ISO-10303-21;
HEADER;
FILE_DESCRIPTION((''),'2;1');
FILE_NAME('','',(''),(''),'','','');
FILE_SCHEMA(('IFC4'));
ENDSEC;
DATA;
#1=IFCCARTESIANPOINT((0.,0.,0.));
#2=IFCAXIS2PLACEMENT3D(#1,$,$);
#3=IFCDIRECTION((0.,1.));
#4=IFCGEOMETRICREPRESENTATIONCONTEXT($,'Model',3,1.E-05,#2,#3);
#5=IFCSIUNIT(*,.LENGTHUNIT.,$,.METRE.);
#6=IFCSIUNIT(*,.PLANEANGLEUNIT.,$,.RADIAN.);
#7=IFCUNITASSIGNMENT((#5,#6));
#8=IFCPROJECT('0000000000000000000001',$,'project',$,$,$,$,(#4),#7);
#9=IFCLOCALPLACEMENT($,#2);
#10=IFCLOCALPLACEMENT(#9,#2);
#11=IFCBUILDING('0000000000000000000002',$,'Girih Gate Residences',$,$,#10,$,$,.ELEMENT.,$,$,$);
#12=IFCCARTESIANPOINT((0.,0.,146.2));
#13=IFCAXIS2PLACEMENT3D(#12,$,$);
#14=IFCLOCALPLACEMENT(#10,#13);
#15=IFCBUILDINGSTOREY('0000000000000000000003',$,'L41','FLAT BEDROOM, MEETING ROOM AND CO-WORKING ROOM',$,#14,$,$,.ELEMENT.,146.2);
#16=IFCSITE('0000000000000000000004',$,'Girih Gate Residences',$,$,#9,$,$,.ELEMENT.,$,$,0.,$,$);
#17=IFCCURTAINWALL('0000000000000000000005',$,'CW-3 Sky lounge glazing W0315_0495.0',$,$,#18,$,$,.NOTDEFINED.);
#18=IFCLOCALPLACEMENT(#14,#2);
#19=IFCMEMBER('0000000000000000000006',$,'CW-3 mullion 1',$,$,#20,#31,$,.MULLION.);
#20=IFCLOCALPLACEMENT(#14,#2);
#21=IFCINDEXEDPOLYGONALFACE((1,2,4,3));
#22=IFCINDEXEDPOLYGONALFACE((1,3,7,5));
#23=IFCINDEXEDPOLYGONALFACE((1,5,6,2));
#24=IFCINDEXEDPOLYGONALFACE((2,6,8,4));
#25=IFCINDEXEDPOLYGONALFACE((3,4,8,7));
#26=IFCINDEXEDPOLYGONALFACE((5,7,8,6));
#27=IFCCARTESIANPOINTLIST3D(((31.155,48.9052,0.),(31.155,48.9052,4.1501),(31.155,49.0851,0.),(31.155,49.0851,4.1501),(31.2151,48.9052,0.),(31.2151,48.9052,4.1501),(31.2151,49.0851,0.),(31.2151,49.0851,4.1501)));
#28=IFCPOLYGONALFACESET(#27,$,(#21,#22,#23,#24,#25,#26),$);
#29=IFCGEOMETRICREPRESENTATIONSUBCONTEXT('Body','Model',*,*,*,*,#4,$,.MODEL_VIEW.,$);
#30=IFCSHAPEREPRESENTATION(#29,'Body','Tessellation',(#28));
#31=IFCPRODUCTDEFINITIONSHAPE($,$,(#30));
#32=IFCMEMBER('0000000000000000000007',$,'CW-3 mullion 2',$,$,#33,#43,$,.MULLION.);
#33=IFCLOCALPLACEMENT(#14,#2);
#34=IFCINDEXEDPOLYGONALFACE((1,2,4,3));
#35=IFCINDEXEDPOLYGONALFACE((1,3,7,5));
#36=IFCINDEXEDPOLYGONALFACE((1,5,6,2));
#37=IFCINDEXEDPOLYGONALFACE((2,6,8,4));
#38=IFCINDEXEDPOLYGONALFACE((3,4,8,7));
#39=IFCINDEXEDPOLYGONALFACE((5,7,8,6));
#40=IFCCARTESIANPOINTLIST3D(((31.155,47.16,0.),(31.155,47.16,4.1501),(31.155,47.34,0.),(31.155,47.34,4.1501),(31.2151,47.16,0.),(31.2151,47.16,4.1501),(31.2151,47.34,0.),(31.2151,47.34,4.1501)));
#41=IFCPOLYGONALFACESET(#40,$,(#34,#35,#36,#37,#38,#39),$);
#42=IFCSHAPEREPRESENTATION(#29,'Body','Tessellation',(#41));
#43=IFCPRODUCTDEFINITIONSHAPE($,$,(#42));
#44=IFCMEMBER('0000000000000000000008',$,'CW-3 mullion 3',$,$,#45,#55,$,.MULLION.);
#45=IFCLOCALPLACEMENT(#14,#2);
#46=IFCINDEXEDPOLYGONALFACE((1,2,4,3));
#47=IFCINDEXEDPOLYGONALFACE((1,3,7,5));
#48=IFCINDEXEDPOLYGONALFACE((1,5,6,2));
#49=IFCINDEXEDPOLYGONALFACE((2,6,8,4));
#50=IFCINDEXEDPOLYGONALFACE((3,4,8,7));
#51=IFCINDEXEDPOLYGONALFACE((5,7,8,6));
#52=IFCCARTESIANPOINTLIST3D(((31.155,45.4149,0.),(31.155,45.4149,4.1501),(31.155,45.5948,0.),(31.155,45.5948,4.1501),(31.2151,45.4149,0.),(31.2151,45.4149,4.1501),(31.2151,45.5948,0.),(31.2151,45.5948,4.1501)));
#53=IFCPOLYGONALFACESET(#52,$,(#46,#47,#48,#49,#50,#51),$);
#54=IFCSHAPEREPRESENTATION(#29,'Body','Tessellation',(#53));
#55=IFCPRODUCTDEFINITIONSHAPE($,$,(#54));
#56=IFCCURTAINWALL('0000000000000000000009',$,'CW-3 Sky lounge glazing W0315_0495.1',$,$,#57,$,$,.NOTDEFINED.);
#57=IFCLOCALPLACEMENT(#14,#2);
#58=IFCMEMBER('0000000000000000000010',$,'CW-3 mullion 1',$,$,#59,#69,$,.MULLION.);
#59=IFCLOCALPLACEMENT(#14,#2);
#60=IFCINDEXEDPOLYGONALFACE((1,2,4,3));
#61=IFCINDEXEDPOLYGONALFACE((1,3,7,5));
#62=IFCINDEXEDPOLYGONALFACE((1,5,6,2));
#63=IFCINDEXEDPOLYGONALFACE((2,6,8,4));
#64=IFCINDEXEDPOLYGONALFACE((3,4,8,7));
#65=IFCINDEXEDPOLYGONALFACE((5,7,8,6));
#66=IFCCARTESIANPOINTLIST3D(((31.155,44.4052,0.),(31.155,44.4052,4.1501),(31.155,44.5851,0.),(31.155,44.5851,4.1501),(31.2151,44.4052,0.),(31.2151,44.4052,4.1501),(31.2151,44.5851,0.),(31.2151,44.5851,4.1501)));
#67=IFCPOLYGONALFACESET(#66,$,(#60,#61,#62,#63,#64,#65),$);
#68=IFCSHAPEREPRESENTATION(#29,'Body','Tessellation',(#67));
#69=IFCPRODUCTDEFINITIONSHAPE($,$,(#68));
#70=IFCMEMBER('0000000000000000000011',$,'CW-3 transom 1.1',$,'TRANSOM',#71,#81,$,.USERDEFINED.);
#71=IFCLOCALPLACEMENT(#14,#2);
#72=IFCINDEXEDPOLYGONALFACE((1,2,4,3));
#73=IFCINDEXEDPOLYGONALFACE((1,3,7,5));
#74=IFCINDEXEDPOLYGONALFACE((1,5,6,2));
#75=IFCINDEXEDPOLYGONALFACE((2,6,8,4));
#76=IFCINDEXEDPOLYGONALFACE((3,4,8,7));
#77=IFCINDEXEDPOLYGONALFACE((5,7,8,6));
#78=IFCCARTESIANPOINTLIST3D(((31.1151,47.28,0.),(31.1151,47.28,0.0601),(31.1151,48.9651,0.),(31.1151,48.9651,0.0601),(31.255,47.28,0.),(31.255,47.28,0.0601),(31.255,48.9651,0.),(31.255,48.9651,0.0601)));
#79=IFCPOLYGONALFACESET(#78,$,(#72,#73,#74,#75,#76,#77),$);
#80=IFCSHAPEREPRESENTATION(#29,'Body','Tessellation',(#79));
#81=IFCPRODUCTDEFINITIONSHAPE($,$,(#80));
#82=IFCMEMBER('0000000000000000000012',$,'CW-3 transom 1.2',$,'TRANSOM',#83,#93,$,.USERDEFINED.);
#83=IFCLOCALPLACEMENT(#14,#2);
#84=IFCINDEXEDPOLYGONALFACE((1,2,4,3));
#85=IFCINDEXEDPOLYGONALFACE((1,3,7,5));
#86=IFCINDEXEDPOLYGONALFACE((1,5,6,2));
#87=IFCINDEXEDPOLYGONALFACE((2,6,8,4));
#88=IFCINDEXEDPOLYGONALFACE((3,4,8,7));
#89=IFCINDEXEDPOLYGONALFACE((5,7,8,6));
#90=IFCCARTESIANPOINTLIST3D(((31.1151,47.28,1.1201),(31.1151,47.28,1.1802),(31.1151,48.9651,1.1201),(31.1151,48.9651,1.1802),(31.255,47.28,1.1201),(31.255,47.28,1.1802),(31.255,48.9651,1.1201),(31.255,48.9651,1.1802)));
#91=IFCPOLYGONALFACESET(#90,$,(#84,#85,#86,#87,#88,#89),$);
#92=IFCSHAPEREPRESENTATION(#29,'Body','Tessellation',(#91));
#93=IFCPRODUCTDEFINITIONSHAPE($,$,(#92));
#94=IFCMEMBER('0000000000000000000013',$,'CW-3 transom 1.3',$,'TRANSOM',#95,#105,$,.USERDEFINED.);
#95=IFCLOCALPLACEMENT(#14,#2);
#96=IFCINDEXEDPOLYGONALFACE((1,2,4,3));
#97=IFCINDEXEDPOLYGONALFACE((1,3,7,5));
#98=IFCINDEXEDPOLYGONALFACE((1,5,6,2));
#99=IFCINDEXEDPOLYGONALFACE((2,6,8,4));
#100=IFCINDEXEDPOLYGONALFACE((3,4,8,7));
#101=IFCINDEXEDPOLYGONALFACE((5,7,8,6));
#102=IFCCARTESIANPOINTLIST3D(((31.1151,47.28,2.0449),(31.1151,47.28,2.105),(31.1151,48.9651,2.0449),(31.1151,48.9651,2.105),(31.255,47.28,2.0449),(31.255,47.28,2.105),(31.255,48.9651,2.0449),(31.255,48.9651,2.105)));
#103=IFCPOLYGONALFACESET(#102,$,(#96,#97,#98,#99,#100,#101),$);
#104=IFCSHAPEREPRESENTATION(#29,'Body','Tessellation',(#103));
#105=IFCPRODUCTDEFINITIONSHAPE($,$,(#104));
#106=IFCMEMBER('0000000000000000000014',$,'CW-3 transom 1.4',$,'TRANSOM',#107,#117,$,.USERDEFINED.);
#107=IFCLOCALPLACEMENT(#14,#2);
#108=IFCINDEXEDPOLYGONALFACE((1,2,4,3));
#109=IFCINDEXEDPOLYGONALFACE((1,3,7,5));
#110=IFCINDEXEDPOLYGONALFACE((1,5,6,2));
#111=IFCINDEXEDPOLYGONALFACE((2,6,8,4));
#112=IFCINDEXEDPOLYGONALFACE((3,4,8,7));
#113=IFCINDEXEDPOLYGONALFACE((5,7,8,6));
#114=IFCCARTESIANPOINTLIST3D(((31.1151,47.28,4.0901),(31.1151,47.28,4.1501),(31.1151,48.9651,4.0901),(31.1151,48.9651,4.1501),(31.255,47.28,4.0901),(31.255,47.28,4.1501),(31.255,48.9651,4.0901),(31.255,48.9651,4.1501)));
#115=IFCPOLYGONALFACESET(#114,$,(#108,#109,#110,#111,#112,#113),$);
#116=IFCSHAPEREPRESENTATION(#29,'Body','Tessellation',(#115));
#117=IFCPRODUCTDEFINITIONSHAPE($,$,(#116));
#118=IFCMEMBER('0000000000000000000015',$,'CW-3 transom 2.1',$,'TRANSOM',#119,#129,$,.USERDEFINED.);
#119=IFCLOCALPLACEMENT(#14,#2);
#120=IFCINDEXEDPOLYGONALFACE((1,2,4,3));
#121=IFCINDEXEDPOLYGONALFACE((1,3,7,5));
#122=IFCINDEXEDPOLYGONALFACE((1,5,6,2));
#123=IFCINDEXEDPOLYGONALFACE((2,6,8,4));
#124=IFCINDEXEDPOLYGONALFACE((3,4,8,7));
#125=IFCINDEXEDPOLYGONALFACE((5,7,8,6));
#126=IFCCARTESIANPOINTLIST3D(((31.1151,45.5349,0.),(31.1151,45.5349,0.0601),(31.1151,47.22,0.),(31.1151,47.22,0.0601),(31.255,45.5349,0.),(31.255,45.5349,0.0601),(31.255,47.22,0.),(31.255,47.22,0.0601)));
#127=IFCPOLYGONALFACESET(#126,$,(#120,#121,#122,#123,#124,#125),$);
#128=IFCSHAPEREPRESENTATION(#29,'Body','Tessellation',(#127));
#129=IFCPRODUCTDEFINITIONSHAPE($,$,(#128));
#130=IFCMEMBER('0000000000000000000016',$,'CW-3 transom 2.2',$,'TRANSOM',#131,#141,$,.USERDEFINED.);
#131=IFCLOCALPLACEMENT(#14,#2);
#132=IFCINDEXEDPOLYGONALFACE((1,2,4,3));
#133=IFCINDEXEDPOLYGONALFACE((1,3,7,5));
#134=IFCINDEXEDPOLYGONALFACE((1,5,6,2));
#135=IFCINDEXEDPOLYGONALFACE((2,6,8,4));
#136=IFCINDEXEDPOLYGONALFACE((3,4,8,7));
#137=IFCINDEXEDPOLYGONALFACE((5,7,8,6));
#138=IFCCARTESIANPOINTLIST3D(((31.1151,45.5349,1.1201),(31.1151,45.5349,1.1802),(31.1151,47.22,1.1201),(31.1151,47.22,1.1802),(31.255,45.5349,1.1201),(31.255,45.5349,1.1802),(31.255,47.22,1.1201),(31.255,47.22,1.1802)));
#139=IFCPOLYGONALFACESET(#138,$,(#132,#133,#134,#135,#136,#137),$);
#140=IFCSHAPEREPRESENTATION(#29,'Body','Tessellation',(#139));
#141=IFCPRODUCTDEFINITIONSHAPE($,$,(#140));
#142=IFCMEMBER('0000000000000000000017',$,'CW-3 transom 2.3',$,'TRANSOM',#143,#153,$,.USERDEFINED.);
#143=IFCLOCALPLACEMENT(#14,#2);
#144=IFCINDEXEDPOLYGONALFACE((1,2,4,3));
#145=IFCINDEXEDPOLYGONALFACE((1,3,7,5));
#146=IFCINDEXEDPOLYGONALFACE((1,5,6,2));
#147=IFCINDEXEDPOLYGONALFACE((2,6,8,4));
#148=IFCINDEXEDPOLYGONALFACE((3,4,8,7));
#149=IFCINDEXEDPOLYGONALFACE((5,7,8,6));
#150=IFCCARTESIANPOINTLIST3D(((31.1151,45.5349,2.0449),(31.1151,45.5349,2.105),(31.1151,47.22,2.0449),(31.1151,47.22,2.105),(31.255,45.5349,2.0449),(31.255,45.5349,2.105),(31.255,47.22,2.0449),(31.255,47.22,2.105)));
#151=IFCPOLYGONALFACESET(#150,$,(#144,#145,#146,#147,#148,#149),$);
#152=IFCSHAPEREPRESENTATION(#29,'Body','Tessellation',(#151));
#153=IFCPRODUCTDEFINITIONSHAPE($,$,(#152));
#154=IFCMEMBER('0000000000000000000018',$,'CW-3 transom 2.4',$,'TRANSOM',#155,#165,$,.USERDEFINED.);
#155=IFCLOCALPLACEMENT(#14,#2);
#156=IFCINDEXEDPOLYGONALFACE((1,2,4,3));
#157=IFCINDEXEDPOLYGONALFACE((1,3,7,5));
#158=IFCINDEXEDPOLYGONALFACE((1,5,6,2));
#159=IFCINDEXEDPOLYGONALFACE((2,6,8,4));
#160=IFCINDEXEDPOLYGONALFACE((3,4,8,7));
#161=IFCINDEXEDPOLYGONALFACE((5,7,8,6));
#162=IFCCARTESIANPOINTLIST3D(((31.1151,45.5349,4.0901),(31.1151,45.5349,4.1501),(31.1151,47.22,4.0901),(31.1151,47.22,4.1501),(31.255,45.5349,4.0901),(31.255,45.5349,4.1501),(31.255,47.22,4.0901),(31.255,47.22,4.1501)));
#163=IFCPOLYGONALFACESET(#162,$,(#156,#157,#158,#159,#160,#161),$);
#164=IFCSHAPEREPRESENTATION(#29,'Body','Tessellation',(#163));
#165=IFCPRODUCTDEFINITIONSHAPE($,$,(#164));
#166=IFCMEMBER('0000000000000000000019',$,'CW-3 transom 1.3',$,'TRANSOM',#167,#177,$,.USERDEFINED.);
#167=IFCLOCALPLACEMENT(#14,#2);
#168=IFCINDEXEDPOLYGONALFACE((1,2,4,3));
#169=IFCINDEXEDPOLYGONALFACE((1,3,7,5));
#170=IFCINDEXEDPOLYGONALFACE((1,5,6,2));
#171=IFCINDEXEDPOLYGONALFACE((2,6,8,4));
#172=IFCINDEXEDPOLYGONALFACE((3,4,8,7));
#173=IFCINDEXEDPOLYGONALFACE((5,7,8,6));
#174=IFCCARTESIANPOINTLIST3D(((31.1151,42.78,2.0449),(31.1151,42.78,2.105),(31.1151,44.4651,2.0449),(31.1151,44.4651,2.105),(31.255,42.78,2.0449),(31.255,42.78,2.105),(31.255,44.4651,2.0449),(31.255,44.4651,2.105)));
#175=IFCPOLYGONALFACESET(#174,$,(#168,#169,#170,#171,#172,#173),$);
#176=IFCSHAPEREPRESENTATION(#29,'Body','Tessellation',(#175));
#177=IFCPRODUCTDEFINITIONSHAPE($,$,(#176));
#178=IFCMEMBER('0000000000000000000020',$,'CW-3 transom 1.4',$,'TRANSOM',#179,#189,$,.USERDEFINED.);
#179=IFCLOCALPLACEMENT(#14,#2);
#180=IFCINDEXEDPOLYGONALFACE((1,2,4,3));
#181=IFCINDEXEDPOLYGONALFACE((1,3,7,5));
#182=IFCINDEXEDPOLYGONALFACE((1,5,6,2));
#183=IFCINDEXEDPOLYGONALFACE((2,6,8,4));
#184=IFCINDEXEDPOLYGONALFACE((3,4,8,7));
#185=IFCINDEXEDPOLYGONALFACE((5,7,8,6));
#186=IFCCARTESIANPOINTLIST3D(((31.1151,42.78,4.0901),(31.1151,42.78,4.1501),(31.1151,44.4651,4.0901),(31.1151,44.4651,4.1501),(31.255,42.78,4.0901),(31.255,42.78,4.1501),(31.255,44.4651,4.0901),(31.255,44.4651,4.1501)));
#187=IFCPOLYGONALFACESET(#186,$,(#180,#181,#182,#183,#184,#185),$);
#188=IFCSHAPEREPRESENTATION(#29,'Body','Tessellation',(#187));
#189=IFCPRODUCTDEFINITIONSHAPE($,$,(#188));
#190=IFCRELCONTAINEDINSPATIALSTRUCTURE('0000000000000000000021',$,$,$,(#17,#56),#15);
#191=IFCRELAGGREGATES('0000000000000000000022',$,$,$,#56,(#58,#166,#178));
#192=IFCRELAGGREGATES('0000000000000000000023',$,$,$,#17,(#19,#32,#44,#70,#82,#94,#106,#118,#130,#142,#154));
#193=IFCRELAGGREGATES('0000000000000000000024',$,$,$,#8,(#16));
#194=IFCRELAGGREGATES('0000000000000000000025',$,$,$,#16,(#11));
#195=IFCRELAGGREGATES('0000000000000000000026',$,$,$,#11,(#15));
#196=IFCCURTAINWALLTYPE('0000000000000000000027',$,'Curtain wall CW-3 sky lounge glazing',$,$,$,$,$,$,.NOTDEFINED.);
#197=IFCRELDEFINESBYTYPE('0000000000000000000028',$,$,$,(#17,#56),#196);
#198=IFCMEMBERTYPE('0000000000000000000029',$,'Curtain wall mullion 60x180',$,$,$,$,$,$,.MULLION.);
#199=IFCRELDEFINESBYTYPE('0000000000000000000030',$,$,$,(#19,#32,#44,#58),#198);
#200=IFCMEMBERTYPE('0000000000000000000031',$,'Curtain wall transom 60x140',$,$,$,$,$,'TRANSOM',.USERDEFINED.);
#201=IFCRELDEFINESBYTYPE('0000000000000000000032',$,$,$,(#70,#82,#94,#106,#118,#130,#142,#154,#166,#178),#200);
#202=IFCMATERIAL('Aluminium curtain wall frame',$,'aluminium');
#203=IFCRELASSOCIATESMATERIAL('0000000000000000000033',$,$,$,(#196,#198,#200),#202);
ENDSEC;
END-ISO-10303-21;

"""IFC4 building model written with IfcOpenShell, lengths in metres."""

from ifc_helpers import new_model, si_unit, direction, frame, origin, origin_2d, place, context, subcontext, project, spatial, rectangle, extrude, material, material_profile, profile_set, type_object, element, aggregate, save


model = new_model("IFC4")

# Units and contexts
model_context = context("Model", 3, precision=1e-05, world=origin(), true_north=direction((0.0, 1.0)))
body_context = subcontext(model_context, "Body", "Model", "MODEL_VIEW")
ifc_project = project(units=[si_unit("LENGTHUNIT", "METRE"), si_unit("PLANEANGLEUNIT", "RADIAN")], contexts=[model_context])

# Site, building, storey
site_placement = place(None, origin())
site = spatial("IfcSite", under=ifc_project, at=site_placement, Name="Girih Gate Residences", CompositionType="ELEMENT", RefElevation=0.0)
building_placement = place(site_placement, origin())
building = spatial("IfcBuilding", under=site, at=building_placement, Name="Girih Gate Residences", CompositionType="ELEMENT")
storey_placement = place(building_placement, frame((0.0, 0.0, 146.2)))
storey = spatial("IfcBuildingStorey", under=building, at=storey_placement, Name="L41", Description="FLAT BEDROOM, MEETING ROOM AND CO-WORKING ROOM", CompositionType="ELEMENT", Elevation=146.2)

# Curtain wall, members
ifc_material_1 = material(Name="Aluminium curtain wall frame", Category="aluminium")
curtain_wall_type = type_object("IfcCurtainWallType", Name="Curtain wall CW-3 sky lounge glazing", PredefinedType="NOTDEFINED", material=ifc_material_1)
curtain_wall_1_placement = place(storey_placement, origin())
curtain_wall_1 = element("IfcCurtainWall", 1, at=curtain_wall_1_placement, inside=storey, type_object=curtain_wall_type, Name="CW-3 Sky lounge glazing W0315_0495.0", PredefinedType="NOTDEFINED")
ifc_material_profile_1 = material_profile(ifc_material_1, rectangle(XDim=0.0601, YDim=0.1799, at=origin_2d()))
ifc_profile_set_1 = profile_set([ifc_material_profile_1], Name="Aluminium curtain wall frame")
member_type_1 = type_object("IfcMemberType", Name="Curtain wall mullion 60x180", PredefinedType="MULLION", material=ifc_profile_set_1)
member_1_placement = place(storey_placement, frame((31.1851, 48.9951, 0.0), z_axis=(0.0, 0.0, 1.0), x_axis=(1.0, 0.0, 0.0)))
member_1 = element("IfcMember", 2, at=member_1_placement, type_object=member_type_1, Name="CW-3 mullion 1", PredefinedType="MULLION", context=body_context, shape_type="SweptSolid", body=[
    extrude(rectangle(XDim=0.0601, YDim=0.1799, at=origin_2d()), origin(), (0.0, 0.0, 1.0), 4.1501),
])
member_2_placement = place(storey_placement, frame((31.1851, 47.25, 0.0), z_axis=(0.0, 0.0, 1.0), x_axis=(1.0, 0.0, 0.0)))
member_2 = element("IfcMember", 3, at=member_2_placement, type_object=member_type_1, Name="CW-3 mullion 2", PredefinedType="MULLION", context=body_context, shape_type="SweptSolid", body=[
    extrude(rectangle(XDim=0.0601, YDim=0.1799, at=origin_2d()), origin(), (0.0, 0.0, 1.0), 4.1501),
])
member_3_placement = place(storey_placement, frame((31.1851, 45.5049, 0.0), z_axis=(0.0, 0.0, 1.0), x_axis=(1.0, 0.0, 0.0)))
member_3 = element("IfcMember", 4, at=member_3_placement, type_object=member_type_1, Name="CW-3 mullion 3", PredefinedType="MULLION", context=body_context, shape_type="SweptSolid", body=[
    extrude(rectangle(XDim=0.0601, YDim=0.1799, at=origin_2d()), origin(), (0.0, 0.0, 1.0), 4.1501),
])

# Curtain wall, member
curtain_wall_2_placement = place(storey_placement, origin())
curtain_wall_2 = element("IfcCurtainWall", 5, at=curtain_wall_2_placement, inside=storey, type_object=curtain_wall_type, Name="CW-3 Sky lounge glazing W0315_0495.1", PredefinedType="NOTDEFINED")
member_4_placement = place(storey_placement, frame((31.1851, 44.4951, 0.0), z_axis=(0.0, 0.0, 1.0), x_axis=(1.0, 0.0, 0.0)))
member_4 = element("IfcMember", 6, at=member_4_placement, type_object=member_type_1, Name="CW-3 mullion 1", PredefinedType="MULLION", context=body_context, shape_type="SweptSolid", body=[
    extrude(rectangle(XDim=0.0601, YDim=0.1799, at=origin_2d()), origin(), (0.0, 0.0, 1.0), 4.1501),
])

# Members
ifc_material_profile_2 = material_profile(ifc_material_1, rectangle(XDim=0.1399, YDim=0.0601, at=origin_2d()))
ifc_profile_set_2 = profile_set([ifc_material_profile_2], Name="Aluminium curtain wall frame")
member_type_2 = type_object("IfcMemberType", Name="Curtain wall transom 60x140", ElementType="TRANSOM", PredefinedType="USERDEFINED", material=ifc_profile_set_2)
member_5_placement = place(storey_placement, frame((31.1851, 48.9651, 0.03), z_axis=(0.0, -1.0, 0.0), x_axis=(1.0, 0.0, 0.0)))
member_5 = element("IfcMember", 7, at=member_5_placement, type_object=member_type_2, Name="CW-3 transom 1.1", ObjectType="TRANSOM", PredefinedType="USERDEFINED", context=body_context, shape_type="SweptSolid", body=[
    extrude(rectangle(XDim=0.1399, YDim=0.0601, at=origin_2d()), origin(), (0.0, 0.0, 1.0), 1.6851),
])
member_6_placement = place(storey_placement, frame((31.1851, 48.9651, 1.1501), z_axis=(0.0, -1.0, 0.0), x_axis=(1.0, 0.0, 0.0)))
member_6 = element("IfcMember", 8, at=member_6_placement, type_object=member_type_2, Name="CW-3 transom 1.2", ObjectType="TRANSOM", PredefinedType="USERDEFINED", context=body_context, shape_type="SweptSolid", body=[
    extrude(rectangle(XDim=0.1399, YDim=0.0601, at=origin_2d()), origin(), (0.0, 0.0, 1.0), 1.6851),
])
member_7_placement = place(storey_placement, frame((31.1851, 48.9651, 2.075), z_axis=(0.0, -1.0, 0.0), x_axis=(1.0, 0.0, 0.0)))
member_7 = element("IfcMember", 9, at=member_7_placement, type_object=member_type_2, Name="CW-3 transom 1.3", ObjectType="TRANSOM", PredefinedType="USERDEFINED", context=body_context, shape_type="SweptSolid", body=[
    extrude(rectangle(XDim=0.1399, YDim=0.0601, at=origin_2d()), origin(), (0.0, 0.0, 1.0), 1.6851),
])
member_8_placement = place(storey_placement, frame((31.1851, 48.9651, 4.1201), z_axis=(0.0, -1.0, 0.0), x_axis=(1.0, 0.0, 0.0)))
member_8 = element("IfcMember", 10, at=member_8_placement, type_object=member_type_2, Name="CW-3 transom 1.4", ObjectType="TRANSOM", PredefinedType="USERDEFINED", context=body_context, shape_type="SweptSolid", body=[
    extrude(rectangle(XDim=0.1399, YDim=0.0601, at=origin_2d()), origin(), (0.0, 0.0, 1.0), 1.6851),
])
member_9_placement = place(storey_placement, frame((31.1851, 47.22, 0.03), z_axis=(0.0, -1.0, 0.0), x_axis=(1.0, 0.0, 0.0)))
member_9 = element("IfcMember", 11, at=member_9_placement, type_object=member_type_2, Name="CW-3 transom 2.1", ObjectType="TRANSOM", PredefinedType="USERDEFINED", context=body_context, shape_type="SweptSolid", body=[
    extrude(rectangle(XDim=0.1399, YDim=0.0601, at=origin_2d()), origin(), (0.0, 0.0, 1.0), 1.6851),
])
member_10_placement = place(storey_placement, frame((31.1851, 47.22, 1.1501), z_axis=(0.0, -1.0, 0.0), x_axis=(1.0, 0.0, 0.0)))
member_10 = element("IfcMember", 12, at=member_10_placement, type_object=member_type_2, Name="CW-3 transom 2.2", ObjectType="TRANSOM", PredefinedType="USERDEFINED", context=body_context, shape_type="SweptSolid", body=[
    extrude(rectangle(XDim=0.1399, YDim=0.0601, at=origin_2d()), origin(), (0.0, 0.0, 1.0), 1.6851),
])
member_11_placement = place(storey_placement, frame((31.1851, 47.22, 2.075), z_axis=(0.0, -1.0, 0.0), x_axis=(1.0, 0.0, 0.0)))
member_11 = element("IfcMember", 13, at=member_11_placement, type_object=member_type_2, Name="CW-3 transom 2.3", ObjectType="TRANSOM", PredefinedType="USERDEFINED", context=body_context, shape_type="SweptSolid", body=[
    extrude(rectangle(XDim=0.1399, YDim=0.0601, at=origin_2d()), origin(), (0.0, 0.0, 1.0), 1.6851),
])
member_12_placement = place(storey_placement, frame((31.1851, 47.22, 4.1201), z_axis=(0.0, -1.0, 0.0), x_axis=(1.0, 0.0, 0.0)))
member_12 = element("IfcMember", 14, at=member_12_placement, type_object=member_type_2, Name="CW-3 transom 2.4", ObjectType="TRANSOM", PredefinedType="USERDEFINED", context=body_context, shape_type="SweptSolid", body=[
    extrude(rectangle(XDim=0.1399, YDim=0.0601, at=origin_2d()), origin(), (0.0, 0.0, 1.0), 1.6851),
])
member_13_placement = place(storey_placement, frame((31.1851, 44.4651, 2.075), z_axis=(0.0, -1.0, 0.0), x_axis=(1.0, 0.0, 0.0)))
member_13 = element("IfcMember", 15, at=member_13_placement, type_object=member_type_2, Name="CW-3 transom 1.3", ObjectType="TRANSOM", PredefinedType="USERDEFINED", context=body_context, shape_type="SweptSolid", body=[
    extrude(rectangle(XDim=0.1399, YDim=0.0601, at=origin_2d()), origin(), (0.0, 0.0, 1.0), 1.6851),
])
member_14_placement = place(storey_placement, frame((31.1851, 44.4651, 4.1201), z_axis=(0.0, -1.0, 0.0), x_axis=(1.0, 0.0, 0.0)))
member_14 = element("IfcMember", 16, at=member_14_placement, type_object=member_type_2, Name="CW-3 transom 1.4", ObjectType="TRANSOM", PredefinedType="USERDEFINED", context=body_context, shape_type="SweptSolid", body=[
    extrude(rectangle(XDim=0.1399, YDim=0.0601, at=origin_2d()), origin(), (0.0, 0.0, 1.0), 1.6851),
])
aggregate(curtain_wall_2, [member_4, member_13, member_14])

aggregate(curtain_wall_1, [member_1, member_2, member_3, member_5, member_6, member_7, member_8, member_9, member_10, member_11, member_12])

save(model, "model.ifc")
